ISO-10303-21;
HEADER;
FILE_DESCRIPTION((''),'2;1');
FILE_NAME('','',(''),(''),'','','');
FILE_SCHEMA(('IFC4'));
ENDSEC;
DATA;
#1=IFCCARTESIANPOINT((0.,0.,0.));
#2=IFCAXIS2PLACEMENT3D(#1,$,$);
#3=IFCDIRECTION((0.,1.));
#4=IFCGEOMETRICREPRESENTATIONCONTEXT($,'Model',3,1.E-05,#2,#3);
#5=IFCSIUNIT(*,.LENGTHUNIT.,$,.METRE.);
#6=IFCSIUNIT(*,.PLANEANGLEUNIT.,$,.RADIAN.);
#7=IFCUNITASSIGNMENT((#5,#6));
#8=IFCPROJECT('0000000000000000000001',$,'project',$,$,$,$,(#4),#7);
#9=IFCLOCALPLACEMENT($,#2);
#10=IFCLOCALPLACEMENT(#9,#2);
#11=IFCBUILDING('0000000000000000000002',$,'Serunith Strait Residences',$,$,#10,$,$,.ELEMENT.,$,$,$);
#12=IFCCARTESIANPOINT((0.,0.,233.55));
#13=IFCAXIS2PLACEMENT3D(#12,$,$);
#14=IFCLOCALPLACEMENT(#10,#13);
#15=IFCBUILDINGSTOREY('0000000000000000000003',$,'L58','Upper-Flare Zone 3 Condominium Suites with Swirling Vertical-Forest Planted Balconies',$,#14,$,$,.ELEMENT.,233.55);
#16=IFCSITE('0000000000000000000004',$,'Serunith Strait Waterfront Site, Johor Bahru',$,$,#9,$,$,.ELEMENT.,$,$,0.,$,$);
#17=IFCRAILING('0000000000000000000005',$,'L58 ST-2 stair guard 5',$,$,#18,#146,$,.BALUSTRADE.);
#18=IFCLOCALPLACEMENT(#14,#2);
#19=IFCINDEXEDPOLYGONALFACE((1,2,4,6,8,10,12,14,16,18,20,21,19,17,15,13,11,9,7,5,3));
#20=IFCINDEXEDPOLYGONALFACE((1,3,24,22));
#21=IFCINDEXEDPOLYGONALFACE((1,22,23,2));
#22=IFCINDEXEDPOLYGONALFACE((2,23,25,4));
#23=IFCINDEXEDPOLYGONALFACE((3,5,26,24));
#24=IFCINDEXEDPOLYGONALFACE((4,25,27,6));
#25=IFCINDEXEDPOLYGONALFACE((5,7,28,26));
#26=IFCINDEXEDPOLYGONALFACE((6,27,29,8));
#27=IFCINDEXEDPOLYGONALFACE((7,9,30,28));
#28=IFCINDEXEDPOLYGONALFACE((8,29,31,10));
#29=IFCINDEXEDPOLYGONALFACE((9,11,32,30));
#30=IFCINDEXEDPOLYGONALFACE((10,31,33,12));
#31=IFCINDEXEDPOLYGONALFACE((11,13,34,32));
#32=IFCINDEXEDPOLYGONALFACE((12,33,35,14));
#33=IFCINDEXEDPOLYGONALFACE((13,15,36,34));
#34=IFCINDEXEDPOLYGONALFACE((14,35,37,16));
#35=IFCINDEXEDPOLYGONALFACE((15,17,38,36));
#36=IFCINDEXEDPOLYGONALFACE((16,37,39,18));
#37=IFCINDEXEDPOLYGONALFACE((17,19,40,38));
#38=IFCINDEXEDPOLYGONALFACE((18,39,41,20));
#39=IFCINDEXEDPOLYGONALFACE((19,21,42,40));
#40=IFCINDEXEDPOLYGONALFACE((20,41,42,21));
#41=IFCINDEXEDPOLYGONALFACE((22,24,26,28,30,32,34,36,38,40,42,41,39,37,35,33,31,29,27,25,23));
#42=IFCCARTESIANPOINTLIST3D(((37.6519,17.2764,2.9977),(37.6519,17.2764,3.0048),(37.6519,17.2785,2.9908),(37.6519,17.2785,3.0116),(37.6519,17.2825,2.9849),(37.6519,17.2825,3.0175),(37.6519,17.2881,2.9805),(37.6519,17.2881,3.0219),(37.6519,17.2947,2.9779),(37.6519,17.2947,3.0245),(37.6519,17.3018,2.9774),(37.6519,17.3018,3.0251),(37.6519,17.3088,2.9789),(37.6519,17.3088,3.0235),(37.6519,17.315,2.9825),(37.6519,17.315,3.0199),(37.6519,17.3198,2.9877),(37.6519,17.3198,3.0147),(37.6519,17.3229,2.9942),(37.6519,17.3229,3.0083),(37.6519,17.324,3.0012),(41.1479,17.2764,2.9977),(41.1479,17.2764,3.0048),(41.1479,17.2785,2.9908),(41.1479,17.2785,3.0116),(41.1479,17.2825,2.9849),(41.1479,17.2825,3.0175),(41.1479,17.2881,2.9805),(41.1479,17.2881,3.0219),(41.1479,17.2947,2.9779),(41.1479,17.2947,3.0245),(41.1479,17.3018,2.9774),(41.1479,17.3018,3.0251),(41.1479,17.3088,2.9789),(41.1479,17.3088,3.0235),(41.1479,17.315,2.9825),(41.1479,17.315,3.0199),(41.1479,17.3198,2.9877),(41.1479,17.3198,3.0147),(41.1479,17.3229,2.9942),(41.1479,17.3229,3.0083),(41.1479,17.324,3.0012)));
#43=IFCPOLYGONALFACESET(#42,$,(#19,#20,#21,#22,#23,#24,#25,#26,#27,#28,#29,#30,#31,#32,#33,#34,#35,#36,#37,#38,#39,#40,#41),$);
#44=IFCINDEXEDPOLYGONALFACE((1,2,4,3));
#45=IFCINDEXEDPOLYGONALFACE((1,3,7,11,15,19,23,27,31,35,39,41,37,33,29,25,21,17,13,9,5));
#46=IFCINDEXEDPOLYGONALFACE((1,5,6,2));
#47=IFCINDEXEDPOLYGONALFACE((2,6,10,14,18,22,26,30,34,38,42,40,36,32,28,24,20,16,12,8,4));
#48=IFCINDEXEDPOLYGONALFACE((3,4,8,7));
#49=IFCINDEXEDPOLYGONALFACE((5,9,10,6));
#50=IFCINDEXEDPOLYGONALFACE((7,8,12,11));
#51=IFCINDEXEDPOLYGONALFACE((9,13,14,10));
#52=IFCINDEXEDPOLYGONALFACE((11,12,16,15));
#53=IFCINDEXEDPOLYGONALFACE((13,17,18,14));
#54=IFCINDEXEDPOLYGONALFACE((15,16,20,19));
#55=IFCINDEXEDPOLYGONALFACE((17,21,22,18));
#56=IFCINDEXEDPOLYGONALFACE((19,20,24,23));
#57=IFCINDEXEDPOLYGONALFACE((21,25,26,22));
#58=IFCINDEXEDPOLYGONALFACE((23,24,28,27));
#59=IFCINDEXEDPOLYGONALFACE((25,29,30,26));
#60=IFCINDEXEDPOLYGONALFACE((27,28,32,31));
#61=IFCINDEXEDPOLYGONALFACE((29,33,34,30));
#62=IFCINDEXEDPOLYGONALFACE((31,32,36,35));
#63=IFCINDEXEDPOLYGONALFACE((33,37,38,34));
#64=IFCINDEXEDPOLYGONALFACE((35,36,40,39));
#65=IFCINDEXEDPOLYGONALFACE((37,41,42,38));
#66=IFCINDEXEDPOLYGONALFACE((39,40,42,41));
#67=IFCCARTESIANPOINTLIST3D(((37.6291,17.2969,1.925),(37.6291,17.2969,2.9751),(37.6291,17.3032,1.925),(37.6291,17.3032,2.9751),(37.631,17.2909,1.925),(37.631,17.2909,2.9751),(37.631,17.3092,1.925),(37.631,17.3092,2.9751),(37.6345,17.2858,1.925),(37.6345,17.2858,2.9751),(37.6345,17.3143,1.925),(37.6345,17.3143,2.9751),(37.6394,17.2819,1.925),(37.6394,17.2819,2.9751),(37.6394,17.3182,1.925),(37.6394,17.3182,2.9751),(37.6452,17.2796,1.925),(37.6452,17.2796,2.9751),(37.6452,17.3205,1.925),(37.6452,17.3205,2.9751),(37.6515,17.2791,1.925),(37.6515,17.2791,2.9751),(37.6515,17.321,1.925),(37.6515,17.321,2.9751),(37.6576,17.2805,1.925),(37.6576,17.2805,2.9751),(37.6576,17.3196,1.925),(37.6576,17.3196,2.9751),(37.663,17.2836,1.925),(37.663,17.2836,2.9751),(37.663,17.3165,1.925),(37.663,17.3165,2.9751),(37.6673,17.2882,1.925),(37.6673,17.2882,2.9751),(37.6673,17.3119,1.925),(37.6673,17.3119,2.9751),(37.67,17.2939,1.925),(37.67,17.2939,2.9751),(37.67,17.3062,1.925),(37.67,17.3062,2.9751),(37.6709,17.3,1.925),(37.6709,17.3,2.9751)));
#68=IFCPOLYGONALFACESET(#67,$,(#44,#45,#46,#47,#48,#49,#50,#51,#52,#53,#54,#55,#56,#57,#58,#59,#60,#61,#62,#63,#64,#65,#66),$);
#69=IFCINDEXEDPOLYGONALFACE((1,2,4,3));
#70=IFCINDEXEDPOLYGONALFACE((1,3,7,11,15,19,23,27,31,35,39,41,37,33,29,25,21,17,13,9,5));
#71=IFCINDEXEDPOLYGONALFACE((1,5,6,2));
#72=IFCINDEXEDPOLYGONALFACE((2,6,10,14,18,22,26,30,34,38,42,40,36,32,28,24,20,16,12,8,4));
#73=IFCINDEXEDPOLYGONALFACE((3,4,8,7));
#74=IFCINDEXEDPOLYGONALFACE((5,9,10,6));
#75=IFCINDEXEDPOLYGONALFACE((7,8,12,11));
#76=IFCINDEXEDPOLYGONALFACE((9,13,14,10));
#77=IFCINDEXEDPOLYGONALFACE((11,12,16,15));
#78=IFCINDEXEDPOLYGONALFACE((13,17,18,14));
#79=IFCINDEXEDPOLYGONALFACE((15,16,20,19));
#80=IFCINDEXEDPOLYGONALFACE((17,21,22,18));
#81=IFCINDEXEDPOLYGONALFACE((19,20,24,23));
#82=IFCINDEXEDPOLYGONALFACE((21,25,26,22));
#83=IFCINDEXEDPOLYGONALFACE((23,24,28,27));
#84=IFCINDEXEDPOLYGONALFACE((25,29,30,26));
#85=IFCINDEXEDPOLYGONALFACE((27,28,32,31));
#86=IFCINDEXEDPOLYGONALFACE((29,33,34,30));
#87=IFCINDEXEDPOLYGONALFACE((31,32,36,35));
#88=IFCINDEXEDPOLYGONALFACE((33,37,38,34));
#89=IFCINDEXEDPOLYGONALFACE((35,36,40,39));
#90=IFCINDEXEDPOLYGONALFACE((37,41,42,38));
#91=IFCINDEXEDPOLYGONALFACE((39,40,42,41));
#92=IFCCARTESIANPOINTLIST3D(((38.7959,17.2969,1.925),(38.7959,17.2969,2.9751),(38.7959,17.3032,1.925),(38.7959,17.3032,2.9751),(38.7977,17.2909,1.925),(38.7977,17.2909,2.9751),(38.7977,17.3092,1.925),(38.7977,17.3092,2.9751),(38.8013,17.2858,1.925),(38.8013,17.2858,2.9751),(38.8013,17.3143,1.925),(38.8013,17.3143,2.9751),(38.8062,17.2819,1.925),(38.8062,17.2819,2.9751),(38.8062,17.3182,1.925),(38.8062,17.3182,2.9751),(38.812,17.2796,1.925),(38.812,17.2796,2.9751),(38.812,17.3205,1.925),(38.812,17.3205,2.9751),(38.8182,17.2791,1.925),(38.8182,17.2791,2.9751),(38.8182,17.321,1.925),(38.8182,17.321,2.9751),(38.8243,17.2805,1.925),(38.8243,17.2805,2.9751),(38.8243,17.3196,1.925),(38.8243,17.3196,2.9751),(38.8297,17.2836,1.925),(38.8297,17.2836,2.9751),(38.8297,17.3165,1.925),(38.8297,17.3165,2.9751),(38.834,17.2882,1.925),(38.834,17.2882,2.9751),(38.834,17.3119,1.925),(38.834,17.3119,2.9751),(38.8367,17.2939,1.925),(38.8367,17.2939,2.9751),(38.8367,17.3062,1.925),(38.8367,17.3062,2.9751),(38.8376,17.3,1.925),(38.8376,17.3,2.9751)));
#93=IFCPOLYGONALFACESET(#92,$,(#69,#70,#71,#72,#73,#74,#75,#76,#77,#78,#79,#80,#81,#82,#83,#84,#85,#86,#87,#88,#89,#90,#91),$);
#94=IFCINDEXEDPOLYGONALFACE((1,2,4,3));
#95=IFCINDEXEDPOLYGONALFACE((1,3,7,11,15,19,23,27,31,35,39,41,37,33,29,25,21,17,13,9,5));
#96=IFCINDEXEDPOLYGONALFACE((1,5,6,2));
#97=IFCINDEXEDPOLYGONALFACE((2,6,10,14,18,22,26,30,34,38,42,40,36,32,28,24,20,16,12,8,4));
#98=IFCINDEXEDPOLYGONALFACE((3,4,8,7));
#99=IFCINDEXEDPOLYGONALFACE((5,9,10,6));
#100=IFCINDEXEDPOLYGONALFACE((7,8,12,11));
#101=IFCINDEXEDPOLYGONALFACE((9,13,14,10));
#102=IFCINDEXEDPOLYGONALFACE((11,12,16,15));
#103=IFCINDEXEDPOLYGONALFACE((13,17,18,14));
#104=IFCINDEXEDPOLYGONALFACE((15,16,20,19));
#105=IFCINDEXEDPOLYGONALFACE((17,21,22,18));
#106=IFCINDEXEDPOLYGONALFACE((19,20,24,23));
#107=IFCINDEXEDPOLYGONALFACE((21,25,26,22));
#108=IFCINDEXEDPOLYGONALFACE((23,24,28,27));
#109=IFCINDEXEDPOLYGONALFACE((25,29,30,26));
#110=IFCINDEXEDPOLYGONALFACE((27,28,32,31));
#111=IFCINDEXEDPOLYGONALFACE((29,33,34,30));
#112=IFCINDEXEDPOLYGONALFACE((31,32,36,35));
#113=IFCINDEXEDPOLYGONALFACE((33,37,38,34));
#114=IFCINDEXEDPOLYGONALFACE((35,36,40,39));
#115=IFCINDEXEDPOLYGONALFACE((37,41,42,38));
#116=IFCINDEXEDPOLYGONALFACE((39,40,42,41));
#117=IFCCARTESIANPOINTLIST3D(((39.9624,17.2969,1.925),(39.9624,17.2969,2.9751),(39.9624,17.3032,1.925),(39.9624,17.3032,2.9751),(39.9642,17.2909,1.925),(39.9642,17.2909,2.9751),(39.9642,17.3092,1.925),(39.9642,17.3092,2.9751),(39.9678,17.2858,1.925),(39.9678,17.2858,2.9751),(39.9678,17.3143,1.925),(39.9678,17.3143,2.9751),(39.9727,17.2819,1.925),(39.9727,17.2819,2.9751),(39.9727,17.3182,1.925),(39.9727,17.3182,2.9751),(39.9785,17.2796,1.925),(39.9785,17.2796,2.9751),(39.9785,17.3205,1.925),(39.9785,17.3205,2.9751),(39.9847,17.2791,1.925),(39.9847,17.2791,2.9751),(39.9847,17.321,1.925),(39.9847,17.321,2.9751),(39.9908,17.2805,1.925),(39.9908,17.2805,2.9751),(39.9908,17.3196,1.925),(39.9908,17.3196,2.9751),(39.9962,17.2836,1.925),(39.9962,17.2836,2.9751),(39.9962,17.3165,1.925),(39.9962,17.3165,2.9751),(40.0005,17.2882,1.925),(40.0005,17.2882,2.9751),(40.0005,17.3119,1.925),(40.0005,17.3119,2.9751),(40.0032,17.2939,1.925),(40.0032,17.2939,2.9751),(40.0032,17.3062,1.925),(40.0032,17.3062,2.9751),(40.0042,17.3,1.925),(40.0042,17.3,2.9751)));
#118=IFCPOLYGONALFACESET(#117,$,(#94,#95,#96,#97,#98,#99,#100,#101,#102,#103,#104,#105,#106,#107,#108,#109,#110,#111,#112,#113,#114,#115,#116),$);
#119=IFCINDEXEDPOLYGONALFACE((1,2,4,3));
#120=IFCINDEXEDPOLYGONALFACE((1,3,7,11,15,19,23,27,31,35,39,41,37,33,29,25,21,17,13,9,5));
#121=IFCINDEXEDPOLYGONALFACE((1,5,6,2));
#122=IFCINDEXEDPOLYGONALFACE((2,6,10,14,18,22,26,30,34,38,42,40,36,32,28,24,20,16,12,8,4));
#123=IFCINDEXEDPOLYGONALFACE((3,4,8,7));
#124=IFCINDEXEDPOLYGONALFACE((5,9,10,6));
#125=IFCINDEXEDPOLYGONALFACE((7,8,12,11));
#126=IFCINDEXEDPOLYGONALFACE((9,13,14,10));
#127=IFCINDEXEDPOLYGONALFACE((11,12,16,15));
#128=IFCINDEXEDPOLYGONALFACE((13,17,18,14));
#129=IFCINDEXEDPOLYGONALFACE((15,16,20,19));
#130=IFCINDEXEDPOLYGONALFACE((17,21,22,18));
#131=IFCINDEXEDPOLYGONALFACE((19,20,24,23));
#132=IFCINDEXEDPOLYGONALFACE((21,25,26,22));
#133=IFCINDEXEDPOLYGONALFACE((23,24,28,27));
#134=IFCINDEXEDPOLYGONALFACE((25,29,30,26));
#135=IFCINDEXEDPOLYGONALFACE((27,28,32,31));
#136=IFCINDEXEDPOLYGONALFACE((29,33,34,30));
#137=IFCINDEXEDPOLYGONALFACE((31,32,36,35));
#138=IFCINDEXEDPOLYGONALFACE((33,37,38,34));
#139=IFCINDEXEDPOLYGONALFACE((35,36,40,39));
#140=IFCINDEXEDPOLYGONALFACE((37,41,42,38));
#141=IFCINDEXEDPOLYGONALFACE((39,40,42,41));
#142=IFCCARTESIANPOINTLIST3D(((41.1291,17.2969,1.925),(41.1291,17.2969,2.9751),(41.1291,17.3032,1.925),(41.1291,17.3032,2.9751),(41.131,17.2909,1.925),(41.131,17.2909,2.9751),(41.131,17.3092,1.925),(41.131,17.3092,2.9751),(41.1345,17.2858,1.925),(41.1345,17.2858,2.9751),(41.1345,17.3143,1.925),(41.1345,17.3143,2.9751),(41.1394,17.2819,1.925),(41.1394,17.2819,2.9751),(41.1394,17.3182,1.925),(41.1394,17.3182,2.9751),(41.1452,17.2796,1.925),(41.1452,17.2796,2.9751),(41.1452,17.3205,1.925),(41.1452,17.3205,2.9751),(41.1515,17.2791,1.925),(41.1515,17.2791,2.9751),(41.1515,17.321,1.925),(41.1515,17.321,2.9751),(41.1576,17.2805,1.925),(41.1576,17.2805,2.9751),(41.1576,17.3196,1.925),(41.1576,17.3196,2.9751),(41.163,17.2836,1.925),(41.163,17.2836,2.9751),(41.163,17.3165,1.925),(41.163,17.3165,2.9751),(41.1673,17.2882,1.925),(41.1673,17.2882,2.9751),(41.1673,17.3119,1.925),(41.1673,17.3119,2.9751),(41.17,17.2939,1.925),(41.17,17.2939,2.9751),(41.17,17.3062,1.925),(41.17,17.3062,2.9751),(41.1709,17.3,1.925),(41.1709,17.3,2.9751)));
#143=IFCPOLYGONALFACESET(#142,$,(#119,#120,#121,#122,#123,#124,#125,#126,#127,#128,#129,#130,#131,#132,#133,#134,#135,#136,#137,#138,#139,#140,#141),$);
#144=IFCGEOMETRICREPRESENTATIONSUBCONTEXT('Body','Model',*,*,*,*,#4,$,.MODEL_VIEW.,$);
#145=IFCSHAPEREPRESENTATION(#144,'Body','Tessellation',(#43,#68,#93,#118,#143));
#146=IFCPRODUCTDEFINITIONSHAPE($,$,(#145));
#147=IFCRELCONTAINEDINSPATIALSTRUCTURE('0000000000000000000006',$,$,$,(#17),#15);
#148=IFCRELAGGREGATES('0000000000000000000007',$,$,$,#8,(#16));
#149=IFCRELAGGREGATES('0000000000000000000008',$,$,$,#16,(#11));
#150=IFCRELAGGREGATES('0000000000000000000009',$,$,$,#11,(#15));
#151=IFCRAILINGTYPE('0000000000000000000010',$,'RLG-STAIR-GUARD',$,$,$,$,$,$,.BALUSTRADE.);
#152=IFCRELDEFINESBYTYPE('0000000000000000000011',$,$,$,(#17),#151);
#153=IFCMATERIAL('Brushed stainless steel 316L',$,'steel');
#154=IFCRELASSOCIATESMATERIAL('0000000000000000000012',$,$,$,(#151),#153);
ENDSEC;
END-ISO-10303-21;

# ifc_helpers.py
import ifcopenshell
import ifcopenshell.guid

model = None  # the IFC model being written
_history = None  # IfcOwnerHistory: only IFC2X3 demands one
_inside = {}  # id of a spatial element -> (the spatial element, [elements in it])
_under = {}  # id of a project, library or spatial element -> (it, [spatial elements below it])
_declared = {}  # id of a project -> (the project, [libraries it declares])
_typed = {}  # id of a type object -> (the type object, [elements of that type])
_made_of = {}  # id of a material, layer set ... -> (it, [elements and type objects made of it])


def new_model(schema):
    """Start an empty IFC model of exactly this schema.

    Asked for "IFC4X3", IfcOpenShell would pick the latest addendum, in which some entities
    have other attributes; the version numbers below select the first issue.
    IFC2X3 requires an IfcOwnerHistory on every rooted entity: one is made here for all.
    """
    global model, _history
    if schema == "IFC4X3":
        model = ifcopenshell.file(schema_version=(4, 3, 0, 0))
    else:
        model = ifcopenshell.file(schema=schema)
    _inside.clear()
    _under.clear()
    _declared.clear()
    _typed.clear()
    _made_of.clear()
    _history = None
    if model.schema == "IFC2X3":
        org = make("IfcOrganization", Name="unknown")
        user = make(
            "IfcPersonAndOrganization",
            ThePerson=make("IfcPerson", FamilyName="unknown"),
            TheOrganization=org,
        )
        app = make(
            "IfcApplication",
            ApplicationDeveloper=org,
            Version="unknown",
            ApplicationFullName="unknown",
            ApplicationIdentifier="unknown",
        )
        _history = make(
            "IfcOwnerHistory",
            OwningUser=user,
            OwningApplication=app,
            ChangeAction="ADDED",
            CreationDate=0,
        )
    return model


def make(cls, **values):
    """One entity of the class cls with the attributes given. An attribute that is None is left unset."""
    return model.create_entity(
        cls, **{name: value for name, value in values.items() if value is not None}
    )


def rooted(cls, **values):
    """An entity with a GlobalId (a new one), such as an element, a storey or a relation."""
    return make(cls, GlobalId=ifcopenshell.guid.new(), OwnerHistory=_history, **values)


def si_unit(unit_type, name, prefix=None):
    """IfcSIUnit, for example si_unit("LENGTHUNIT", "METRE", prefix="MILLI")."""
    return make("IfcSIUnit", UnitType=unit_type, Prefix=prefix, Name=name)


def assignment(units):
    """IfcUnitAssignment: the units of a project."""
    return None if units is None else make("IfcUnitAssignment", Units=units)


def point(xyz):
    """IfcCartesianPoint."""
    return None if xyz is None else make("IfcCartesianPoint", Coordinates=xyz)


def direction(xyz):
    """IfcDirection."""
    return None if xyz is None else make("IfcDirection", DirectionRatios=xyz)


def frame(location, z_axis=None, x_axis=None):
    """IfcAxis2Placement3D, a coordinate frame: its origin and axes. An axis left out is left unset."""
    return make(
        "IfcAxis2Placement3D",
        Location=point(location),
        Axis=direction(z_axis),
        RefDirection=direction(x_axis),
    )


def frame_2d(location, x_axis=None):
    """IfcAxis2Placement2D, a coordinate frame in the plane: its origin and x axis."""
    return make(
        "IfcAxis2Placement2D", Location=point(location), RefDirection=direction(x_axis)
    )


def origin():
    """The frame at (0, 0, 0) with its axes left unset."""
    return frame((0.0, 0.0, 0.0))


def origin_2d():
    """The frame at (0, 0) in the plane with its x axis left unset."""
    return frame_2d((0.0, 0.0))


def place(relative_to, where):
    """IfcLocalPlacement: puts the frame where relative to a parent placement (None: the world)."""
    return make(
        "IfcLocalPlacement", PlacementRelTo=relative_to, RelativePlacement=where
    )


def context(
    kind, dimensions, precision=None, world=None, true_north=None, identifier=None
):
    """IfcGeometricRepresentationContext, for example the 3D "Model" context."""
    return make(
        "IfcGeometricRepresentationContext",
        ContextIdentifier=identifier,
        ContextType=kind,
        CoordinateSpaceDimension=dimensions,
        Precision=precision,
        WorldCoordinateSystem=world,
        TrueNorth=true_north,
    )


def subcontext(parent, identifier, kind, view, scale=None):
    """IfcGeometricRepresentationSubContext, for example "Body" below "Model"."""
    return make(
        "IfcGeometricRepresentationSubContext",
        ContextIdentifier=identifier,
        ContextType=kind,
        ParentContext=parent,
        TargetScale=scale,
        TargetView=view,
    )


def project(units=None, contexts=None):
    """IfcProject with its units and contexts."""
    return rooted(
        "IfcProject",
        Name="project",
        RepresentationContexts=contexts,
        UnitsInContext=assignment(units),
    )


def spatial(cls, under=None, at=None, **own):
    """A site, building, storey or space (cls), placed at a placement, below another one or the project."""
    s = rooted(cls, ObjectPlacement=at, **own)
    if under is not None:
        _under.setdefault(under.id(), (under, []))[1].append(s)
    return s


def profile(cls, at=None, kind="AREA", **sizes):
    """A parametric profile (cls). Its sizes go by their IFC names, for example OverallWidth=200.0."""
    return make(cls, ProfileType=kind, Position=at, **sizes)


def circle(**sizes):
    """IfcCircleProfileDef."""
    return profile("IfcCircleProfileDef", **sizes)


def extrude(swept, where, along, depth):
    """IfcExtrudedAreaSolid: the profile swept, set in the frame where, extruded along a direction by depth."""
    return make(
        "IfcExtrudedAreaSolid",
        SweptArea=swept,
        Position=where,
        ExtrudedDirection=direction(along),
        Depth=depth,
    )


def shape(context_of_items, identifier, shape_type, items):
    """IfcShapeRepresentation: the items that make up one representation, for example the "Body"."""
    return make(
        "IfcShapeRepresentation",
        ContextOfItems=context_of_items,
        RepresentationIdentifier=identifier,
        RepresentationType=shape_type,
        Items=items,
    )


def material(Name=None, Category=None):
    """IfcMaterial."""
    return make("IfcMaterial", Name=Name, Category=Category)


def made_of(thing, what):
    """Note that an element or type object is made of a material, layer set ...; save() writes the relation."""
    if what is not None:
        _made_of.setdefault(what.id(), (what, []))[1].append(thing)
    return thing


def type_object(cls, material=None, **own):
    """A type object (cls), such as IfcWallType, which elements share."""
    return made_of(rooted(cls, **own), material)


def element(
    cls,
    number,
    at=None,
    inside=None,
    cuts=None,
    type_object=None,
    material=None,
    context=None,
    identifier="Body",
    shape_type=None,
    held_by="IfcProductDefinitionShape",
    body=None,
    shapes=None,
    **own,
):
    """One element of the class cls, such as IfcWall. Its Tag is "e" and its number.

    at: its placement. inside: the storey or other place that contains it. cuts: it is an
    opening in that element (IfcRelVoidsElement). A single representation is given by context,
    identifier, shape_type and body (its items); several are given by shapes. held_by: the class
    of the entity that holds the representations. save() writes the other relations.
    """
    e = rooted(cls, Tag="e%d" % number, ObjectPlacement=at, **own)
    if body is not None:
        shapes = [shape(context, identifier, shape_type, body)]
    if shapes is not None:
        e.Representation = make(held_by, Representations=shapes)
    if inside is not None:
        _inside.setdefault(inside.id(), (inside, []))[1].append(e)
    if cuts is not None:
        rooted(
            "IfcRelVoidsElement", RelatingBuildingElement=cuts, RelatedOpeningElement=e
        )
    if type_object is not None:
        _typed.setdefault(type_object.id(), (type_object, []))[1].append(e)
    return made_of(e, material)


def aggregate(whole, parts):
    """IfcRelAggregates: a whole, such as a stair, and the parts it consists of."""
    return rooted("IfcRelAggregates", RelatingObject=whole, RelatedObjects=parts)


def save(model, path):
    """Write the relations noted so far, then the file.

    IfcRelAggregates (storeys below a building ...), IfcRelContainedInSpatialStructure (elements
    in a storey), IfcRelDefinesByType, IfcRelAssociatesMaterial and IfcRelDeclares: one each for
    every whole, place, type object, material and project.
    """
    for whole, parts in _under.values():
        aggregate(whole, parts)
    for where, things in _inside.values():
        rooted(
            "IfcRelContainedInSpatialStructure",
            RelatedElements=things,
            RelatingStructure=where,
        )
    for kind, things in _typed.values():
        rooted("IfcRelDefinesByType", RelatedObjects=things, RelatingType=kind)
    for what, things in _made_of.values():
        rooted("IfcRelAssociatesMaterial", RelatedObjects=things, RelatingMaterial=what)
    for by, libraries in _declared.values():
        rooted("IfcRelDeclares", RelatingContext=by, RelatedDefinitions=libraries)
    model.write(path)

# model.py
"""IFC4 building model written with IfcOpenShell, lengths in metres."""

from ifc_helpers import new_model, si_unit, direction, frame, origin, origin_2d, place, context, subcontext, project, spatial, circle, extrude, material, type_object, element, save


model = new_model("IFC4")

# Units and contexts
model_context = context("Model", 3, precision=1e-05, world=origin(), true_north=direction((0.0, 1.0)))
body_context = subcontext(model_context, "Body", "Model", "MODEL_VIEW")
ifc_project = project(units=[si_unit("LENGTHUNIT", "METRE"), si_unit("PLANEANGLEUNIT", "RADIAN")], contexts=[model_context])

# Site, building, storey
site_placement = place(None, origin())
site = spatial("IfcSite", under=ifc_project, at=site_placement, Name="Serunith Strait Waterfront Site, Johor Bahru", CompositionType="ELEMENT", RefElevation=0.0)
building_placement = place(site_placement, origin())
building = spatial("IfcBuilding", under=site, at=building_placement, Name="Serunith Strait Residences", CompositionType="ELEMENT")
storey_placement = place(building_placement, frame((0.0, 0.0, 233.55)))
storey = spatial("IfcBuildingStorey", under=building, at=storey_placement, Name="L58", Description="Upper-Flare Zone 3 Condominium Suites with Swirling Vertical-Forest Planted Balconies", CompositionType="ELEMENT", Elevation=233.55)

# Railing
ifc_material_1 = material(Name="Brushed stainless steel 316L", Category="steel")
railing_type_1 = type_object("IfcRailingType", Name="RLG-STAIR-GUARD", PredefinedType="BALUSTRADE", material=ifc_material_1)
railing_1_placement = place(storey_placement, frame((37.6499, 17.3, 1.925)))
element("IfcRailing", 1, at=railing_1_placement, inside=storey, type_object=railing_type_1, Name="L58 ST-2 stair guard 5", PredefinedType="BALUSTRADE", context=body_context, shape_type="SweptSolid", body=[
    extrude(circle(Radius=0.0239, at=origin_2d()), frame((0.002, 0.0, 1.0762), z_axis=(1.0, 0.0, 0.0), x_axis=(0.0, 1.0, 0.0)), (0.0, 0.0, 1.0), 3.4961),
    extrude(circle(Radius=0.021, at=origin_2d()), origin(), (0.0, 0.0, 1.0), 1.05),
    extrude(circle(Radius=0.021, at=origin_2d()), frame((1.1667, 0.0, 0.0)), (0.0, 0.0, 1.0), 1.05),
    extrude(circle(Radius=0.021, at=origin_2d()), frame((2.3333, 0.0, 0.0)), (0.0, 0.0, 1.0), 1.05),
    extrude(circle(Radius=0.021, at=origin_2d()), frame((3.5, 0.0, 0.0)), (0.0, 0.0, 1.0), 1.05),
])

save(model, "model.ifc")
